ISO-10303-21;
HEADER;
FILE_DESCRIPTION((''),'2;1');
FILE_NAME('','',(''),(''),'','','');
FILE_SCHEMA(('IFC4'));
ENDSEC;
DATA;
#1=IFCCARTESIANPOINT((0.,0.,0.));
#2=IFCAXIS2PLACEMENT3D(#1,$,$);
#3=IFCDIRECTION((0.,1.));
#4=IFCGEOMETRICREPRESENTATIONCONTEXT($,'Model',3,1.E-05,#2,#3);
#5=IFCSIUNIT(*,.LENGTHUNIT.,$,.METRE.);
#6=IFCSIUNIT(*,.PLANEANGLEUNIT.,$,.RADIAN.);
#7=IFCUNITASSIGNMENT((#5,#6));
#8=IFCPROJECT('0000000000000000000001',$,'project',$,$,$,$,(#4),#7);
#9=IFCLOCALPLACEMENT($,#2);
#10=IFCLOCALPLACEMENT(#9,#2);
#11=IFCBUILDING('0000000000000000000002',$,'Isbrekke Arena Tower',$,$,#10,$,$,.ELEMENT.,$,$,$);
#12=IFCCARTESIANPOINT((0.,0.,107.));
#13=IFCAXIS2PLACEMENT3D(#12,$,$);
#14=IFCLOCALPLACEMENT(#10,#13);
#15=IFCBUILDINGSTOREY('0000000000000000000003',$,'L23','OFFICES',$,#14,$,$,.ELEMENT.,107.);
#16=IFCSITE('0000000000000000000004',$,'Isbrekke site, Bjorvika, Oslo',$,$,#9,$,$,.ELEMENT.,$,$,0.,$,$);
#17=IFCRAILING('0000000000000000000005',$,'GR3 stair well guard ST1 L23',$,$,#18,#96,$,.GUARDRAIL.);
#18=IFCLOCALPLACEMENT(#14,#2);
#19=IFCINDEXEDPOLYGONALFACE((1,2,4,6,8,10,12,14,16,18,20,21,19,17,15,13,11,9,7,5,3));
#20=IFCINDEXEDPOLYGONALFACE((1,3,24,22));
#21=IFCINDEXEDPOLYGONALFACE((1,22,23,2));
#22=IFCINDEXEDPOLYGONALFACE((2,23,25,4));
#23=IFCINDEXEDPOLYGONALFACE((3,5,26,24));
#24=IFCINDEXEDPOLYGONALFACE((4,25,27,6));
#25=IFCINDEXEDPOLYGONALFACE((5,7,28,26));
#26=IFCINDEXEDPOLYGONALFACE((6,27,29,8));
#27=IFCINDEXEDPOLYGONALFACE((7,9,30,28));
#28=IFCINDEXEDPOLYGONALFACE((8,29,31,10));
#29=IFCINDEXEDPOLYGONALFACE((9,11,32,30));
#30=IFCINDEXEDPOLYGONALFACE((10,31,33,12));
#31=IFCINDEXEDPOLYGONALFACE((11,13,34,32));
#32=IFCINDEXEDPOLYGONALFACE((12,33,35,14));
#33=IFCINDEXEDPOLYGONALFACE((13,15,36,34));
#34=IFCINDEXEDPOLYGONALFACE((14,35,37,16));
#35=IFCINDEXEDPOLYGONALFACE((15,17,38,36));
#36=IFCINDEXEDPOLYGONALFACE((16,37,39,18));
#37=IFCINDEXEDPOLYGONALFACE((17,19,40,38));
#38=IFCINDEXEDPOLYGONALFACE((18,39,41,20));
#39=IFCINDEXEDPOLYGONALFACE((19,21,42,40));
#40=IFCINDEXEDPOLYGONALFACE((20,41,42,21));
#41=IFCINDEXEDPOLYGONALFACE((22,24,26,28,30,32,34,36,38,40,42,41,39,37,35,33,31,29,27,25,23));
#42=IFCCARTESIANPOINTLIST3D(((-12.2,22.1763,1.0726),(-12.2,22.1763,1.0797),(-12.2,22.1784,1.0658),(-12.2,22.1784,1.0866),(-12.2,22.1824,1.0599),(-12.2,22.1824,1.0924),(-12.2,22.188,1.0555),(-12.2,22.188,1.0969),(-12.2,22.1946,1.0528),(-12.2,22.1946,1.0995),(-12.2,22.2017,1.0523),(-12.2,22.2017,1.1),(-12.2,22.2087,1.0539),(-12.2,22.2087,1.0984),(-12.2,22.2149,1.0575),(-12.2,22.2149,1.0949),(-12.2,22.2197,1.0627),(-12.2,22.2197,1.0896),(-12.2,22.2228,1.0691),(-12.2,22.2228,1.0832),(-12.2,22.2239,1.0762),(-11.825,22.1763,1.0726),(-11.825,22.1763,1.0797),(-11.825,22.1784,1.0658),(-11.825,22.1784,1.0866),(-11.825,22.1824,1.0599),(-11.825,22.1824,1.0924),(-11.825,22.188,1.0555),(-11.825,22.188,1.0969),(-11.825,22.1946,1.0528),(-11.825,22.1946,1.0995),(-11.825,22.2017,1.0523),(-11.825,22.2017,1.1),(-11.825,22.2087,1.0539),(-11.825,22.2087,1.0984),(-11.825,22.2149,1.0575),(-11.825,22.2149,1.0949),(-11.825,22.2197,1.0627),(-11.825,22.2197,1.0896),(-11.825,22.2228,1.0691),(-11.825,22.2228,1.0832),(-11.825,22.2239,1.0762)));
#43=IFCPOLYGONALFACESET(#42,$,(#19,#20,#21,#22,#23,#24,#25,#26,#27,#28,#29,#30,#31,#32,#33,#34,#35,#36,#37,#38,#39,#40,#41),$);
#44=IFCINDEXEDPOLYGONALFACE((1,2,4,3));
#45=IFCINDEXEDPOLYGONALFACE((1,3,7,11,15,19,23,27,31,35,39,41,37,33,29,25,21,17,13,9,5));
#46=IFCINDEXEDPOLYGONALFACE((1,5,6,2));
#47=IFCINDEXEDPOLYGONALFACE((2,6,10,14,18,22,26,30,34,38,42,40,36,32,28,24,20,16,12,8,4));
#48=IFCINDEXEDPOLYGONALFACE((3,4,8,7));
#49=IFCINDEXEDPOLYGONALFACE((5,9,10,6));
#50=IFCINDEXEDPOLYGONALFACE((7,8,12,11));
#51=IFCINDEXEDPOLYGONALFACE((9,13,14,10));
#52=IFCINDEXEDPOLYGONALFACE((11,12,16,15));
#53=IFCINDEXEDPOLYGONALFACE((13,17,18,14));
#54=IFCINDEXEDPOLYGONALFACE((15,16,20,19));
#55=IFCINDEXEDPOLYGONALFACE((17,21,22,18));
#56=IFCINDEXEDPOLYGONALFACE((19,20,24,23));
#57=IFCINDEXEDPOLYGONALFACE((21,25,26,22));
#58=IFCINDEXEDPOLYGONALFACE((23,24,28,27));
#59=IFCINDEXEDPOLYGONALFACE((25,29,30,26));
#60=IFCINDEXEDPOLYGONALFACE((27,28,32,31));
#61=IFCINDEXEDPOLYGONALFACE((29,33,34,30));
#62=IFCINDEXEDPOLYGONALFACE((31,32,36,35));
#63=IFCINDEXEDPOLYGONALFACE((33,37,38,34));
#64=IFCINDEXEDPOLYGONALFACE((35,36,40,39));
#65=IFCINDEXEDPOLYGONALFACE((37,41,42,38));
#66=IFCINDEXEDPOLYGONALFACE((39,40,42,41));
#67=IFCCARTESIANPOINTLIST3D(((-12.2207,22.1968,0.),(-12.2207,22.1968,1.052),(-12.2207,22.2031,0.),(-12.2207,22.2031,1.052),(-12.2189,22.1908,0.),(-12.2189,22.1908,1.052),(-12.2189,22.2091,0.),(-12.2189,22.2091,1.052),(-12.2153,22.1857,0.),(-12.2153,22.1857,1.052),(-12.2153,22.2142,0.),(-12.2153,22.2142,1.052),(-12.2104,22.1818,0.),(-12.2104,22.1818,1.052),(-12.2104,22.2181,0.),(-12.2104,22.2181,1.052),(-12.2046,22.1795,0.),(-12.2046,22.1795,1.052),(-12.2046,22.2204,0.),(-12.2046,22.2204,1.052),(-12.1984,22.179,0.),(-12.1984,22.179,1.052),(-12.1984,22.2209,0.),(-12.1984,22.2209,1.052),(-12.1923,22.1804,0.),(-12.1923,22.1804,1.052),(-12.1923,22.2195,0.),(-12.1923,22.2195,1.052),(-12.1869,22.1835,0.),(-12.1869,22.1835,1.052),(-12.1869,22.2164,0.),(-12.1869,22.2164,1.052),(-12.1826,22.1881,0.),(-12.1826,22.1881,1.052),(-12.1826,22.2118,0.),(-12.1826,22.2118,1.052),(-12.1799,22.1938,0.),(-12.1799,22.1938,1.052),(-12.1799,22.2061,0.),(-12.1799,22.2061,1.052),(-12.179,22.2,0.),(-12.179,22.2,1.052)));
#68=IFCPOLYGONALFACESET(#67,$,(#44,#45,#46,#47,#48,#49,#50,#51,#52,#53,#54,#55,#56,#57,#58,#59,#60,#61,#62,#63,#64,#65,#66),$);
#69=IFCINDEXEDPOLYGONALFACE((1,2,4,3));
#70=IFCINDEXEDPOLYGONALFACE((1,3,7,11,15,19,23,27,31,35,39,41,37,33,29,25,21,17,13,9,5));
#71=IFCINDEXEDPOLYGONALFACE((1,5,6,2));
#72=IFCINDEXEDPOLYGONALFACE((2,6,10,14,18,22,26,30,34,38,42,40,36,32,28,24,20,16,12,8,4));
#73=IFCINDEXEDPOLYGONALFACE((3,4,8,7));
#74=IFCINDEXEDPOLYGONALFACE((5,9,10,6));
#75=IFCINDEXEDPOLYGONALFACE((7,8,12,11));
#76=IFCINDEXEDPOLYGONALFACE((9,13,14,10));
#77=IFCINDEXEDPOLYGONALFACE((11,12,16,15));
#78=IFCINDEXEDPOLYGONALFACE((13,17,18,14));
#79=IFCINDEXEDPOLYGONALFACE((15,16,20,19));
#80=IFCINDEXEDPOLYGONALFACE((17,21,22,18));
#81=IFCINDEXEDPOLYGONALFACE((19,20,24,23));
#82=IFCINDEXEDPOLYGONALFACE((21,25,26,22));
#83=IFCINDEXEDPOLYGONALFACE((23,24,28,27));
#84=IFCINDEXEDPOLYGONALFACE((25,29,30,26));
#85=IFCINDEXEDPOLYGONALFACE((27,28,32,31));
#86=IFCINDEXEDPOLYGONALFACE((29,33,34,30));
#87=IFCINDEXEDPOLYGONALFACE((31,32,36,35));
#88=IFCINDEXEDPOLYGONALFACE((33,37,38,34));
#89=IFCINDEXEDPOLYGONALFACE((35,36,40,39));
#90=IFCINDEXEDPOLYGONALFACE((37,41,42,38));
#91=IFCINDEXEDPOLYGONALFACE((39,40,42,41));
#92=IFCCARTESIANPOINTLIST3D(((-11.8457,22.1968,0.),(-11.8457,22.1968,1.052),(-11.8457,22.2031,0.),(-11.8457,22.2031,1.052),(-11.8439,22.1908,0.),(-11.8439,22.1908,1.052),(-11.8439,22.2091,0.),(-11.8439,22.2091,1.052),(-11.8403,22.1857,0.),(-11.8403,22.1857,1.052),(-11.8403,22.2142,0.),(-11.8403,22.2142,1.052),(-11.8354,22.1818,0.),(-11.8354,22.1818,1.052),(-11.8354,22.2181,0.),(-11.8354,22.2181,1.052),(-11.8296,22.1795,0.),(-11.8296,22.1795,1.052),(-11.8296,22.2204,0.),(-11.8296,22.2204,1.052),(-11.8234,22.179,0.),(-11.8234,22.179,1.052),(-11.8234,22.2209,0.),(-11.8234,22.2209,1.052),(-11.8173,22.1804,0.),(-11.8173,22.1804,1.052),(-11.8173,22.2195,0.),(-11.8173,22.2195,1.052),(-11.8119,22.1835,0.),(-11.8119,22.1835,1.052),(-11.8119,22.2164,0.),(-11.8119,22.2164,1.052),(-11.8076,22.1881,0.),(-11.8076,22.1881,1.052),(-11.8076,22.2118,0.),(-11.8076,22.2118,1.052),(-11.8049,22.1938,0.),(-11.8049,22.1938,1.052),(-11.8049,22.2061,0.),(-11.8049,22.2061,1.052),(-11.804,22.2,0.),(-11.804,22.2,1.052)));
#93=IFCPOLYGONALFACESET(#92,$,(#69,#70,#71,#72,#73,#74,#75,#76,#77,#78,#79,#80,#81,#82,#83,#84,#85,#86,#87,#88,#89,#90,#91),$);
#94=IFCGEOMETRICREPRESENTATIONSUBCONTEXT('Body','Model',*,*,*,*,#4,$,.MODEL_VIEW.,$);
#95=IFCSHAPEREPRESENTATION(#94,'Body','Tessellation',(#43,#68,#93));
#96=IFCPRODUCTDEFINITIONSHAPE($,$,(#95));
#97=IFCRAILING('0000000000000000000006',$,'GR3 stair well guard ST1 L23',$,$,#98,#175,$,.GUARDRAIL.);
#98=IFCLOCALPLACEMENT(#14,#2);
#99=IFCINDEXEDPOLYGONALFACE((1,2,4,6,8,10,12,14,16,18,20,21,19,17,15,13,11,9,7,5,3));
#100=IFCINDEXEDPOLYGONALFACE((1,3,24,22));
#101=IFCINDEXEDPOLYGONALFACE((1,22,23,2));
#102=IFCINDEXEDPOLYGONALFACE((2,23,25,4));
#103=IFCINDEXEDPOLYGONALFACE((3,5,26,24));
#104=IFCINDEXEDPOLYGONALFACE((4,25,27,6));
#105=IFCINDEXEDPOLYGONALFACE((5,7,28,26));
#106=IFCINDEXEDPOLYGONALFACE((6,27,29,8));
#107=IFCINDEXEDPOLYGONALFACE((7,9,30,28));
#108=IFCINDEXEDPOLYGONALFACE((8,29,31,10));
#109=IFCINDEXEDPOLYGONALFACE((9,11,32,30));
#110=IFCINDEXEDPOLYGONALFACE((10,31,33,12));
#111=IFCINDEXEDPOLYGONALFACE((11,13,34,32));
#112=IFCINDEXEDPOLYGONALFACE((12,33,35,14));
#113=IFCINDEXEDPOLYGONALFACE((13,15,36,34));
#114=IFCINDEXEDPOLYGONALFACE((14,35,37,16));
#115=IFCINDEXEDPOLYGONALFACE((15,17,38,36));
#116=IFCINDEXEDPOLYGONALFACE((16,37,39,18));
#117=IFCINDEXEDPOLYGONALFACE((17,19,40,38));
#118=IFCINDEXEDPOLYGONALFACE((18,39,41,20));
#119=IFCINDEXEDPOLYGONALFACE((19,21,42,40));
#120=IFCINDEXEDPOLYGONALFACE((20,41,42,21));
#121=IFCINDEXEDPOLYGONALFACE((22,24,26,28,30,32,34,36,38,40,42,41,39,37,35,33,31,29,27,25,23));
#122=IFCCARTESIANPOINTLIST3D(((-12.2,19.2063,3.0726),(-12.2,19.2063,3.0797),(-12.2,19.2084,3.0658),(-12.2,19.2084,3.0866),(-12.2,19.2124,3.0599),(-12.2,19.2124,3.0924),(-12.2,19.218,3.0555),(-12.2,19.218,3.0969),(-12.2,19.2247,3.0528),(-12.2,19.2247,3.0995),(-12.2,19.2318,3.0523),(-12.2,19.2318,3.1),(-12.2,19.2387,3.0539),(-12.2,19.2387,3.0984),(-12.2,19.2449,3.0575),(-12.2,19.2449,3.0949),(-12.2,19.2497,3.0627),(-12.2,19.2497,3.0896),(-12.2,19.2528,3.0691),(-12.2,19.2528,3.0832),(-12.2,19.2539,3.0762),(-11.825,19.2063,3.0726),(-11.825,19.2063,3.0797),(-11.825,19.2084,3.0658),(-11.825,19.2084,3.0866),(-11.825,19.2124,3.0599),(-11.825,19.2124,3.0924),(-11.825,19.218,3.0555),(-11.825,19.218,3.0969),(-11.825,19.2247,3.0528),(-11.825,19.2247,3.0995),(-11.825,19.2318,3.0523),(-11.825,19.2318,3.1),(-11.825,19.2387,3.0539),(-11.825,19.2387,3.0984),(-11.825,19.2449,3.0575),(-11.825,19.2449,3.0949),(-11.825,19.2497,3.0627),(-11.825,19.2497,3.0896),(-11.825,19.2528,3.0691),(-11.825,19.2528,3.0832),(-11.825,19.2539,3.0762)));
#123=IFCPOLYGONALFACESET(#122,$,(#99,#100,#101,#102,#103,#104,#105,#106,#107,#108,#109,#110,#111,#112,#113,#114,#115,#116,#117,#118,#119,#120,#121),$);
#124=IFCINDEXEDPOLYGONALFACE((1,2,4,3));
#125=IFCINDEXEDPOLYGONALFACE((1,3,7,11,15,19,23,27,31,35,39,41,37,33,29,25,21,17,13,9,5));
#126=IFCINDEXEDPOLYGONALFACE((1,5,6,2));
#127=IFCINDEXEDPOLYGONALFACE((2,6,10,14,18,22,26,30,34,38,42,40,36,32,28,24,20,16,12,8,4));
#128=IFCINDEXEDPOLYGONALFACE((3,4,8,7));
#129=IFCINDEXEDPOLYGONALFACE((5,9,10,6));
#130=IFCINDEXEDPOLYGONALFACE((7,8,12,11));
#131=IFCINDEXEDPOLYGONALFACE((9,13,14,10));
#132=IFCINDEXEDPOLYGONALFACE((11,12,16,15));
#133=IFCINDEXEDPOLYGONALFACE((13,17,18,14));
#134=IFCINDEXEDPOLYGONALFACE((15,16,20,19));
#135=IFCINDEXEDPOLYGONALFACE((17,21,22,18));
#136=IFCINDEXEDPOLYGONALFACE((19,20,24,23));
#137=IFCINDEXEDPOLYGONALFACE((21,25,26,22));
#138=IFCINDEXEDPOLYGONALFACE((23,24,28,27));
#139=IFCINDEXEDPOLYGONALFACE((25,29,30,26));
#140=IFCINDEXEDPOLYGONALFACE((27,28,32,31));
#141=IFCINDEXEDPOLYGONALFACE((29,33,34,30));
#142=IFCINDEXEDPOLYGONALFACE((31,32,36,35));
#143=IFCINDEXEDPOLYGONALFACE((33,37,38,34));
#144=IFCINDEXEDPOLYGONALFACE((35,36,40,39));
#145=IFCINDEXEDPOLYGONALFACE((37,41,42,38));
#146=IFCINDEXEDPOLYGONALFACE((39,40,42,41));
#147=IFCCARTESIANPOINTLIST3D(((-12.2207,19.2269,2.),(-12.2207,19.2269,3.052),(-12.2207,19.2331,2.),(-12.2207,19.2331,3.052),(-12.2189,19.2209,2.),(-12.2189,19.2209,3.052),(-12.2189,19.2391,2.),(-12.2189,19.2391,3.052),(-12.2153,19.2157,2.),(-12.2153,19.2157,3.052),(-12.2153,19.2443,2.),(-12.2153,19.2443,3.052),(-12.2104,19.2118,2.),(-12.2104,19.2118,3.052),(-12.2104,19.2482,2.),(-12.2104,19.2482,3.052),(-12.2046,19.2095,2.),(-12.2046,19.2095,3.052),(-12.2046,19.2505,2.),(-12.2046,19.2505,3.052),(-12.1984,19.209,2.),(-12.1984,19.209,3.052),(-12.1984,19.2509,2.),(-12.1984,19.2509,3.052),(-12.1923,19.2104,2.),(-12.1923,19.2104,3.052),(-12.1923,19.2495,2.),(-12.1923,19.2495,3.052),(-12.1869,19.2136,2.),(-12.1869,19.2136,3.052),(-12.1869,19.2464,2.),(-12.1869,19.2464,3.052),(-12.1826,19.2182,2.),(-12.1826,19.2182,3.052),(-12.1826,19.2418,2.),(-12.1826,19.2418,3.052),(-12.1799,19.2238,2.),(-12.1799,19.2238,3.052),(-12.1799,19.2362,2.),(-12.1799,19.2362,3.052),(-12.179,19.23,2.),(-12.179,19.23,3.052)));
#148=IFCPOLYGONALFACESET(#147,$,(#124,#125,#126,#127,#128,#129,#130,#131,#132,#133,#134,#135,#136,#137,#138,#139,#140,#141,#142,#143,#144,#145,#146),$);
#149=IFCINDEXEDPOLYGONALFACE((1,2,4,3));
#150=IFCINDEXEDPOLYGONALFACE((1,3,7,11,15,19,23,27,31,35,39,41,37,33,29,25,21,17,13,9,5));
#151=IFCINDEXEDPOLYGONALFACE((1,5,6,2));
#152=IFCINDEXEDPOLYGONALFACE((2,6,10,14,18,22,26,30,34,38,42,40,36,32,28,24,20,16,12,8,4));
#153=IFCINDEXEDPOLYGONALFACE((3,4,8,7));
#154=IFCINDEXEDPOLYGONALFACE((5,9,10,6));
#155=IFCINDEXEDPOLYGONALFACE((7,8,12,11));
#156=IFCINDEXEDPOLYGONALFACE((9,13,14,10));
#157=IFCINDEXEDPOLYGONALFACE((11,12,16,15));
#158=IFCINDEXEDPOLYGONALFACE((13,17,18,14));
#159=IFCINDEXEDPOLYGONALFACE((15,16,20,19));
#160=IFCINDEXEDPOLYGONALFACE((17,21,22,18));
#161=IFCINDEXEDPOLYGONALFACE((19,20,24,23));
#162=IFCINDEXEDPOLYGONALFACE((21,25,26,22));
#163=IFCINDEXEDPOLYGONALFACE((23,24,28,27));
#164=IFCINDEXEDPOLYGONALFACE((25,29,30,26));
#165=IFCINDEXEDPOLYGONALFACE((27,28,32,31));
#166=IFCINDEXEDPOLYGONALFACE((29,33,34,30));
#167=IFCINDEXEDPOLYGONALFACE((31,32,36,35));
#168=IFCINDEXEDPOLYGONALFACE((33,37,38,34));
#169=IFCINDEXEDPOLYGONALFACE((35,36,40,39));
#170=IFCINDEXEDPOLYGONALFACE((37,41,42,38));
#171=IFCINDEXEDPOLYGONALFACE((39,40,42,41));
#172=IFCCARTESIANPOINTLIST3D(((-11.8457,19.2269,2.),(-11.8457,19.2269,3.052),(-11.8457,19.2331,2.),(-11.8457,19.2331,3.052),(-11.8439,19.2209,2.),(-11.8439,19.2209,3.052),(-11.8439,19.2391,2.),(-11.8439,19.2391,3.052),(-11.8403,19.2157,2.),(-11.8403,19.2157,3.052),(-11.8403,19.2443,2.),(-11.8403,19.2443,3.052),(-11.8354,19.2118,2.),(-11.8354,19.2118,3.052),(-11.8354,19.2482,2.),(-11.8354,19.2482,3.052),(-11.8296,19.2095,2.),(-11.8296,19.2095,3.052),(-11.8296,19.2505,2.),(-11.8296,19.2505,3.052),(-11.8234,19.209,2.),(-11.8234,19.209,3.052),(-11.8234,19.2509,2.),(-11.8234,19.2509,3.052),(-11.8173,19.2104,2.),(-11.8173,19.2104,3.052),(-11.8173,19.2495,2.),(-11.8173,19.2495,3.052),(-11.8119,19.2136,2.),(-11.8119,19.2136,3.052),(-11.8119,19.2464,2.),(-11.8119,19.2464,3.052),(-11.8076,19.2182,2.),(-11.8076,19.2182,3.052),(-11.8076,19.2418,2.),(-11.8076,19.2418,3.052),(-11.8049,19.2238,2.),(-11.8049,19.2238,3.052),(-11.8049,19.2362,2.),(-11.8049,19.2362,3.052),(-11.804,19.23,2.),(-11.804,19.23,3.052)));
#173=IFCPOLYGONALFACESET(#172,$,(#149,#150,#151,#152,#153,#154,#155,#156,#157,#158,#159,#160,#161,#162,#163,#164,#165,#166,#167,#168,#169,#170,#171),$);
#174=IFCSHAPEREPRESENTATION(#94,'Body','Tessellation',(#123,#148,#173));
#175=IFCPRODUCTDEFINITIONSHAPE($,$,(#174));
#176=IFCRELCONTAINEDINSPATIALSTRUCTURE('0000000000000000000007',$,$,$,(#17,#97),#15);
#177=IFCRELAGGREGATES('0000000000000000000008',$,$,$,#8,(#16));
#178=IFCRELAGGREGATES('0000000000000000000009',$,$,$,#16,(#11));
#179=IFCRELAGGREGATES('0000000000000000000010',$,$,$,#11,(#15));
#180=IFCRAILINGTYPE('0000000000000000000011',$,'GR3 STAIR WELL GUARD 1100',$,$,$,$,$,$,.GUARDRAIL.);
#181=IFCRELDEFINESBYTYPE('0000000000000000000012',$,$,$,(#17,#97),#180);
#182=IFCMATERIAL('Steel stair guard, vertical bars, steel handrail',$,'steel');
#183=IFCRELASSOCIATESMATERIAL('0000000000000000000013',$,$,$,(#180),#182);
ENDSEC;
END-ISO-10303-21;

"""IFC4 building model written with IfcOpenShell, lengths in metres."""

from ifc_helpers import new_model, si_unit, direction, frame, origin, origin_2d, place, context, subcontext, project, spatial, circle, extrude, material, type_object, element, save


model = new_model("IFC4")

# Units and contexts
model_context = context("Model", 3, precision=1e-05, world=origin(), true_north=direction((0.0, 1.0)))
body_context = subcontext(model_context, "Body", "Model", "MODEL_VIEW")
ifc_project = project(units=[si_unit("LENGTHUNIT", "METRE"), si_unit("PLANEANGLEUNIT", "RADIAN")], contexts=[model_context])

# Site, building, storey
site_placement = place(None, origin())
site = spatial("IfcSite", under=ifc_project, at=site_placement, Name="Isbrekke site, Bjorvika, Oslo", CompositionType="ELEMENT", RefElevation=0.0)
building_placement = place(site_placement, origin())
building = spatial("IfcBuilding", under=site, at=building_placement, Name="Isbrekke Arena Tower", CompositionType="ELEMENT")
storey_placement = place(building_placement, frame((0.0, 0.0, 107.0)))
storey = spatial("IfcBuildingStorey", under=building, at=storey_placement, Name="L23", Description="OFFICES", CompositionType="ELEMENT", Elevation=107.0)

# Railings
ifc_material_1 = material(Name="Steel stair guard, vertical bars, steel handrail", Category="steel")
railing_type = type_object("IfcRailingType", Name="GR3 STAIR WELL GUARD 1100", PredefinedType="GUARDRAIL", material=ifc_material_1)
for number, where, name in (
    (1, (-12.2, 22.2, 0.0), "GR3 stair well guard ST1 L23"),
    (2, (-12.2, 19.23, 2.0), "GR3 stair well guard ST1 L23"),
):
    element("IfcRailing", number, at=place(storey_placement, frame(where)), inside=storey, type_object=railing_type, Name=name, PredefinedType="GUARDRAIL", context=body_context, shape_type="SweptSolid", body=[
        extrude(circle(Radius=0.0239, at=origin_2d()), frame((0.0, 0.0, 1.0762), z_axis=(1.0, 0.0, 0.0), x_axis=(0.0, 1.0, 0.0)), (0.0, 0.0, 1.0), 0.375),
        extrude(circle(Radius=0.021, at=origin_2d()), origin(), (0.0, 0.0, 1.0), 1.052),
        extrude(circle(Radius=0.021, at=origin_2d()), frame((0.375, 0.0, 0.0)), (0.0, 0.0, 1.0), 1.052),
    ])

save(model, "model.ifc")
